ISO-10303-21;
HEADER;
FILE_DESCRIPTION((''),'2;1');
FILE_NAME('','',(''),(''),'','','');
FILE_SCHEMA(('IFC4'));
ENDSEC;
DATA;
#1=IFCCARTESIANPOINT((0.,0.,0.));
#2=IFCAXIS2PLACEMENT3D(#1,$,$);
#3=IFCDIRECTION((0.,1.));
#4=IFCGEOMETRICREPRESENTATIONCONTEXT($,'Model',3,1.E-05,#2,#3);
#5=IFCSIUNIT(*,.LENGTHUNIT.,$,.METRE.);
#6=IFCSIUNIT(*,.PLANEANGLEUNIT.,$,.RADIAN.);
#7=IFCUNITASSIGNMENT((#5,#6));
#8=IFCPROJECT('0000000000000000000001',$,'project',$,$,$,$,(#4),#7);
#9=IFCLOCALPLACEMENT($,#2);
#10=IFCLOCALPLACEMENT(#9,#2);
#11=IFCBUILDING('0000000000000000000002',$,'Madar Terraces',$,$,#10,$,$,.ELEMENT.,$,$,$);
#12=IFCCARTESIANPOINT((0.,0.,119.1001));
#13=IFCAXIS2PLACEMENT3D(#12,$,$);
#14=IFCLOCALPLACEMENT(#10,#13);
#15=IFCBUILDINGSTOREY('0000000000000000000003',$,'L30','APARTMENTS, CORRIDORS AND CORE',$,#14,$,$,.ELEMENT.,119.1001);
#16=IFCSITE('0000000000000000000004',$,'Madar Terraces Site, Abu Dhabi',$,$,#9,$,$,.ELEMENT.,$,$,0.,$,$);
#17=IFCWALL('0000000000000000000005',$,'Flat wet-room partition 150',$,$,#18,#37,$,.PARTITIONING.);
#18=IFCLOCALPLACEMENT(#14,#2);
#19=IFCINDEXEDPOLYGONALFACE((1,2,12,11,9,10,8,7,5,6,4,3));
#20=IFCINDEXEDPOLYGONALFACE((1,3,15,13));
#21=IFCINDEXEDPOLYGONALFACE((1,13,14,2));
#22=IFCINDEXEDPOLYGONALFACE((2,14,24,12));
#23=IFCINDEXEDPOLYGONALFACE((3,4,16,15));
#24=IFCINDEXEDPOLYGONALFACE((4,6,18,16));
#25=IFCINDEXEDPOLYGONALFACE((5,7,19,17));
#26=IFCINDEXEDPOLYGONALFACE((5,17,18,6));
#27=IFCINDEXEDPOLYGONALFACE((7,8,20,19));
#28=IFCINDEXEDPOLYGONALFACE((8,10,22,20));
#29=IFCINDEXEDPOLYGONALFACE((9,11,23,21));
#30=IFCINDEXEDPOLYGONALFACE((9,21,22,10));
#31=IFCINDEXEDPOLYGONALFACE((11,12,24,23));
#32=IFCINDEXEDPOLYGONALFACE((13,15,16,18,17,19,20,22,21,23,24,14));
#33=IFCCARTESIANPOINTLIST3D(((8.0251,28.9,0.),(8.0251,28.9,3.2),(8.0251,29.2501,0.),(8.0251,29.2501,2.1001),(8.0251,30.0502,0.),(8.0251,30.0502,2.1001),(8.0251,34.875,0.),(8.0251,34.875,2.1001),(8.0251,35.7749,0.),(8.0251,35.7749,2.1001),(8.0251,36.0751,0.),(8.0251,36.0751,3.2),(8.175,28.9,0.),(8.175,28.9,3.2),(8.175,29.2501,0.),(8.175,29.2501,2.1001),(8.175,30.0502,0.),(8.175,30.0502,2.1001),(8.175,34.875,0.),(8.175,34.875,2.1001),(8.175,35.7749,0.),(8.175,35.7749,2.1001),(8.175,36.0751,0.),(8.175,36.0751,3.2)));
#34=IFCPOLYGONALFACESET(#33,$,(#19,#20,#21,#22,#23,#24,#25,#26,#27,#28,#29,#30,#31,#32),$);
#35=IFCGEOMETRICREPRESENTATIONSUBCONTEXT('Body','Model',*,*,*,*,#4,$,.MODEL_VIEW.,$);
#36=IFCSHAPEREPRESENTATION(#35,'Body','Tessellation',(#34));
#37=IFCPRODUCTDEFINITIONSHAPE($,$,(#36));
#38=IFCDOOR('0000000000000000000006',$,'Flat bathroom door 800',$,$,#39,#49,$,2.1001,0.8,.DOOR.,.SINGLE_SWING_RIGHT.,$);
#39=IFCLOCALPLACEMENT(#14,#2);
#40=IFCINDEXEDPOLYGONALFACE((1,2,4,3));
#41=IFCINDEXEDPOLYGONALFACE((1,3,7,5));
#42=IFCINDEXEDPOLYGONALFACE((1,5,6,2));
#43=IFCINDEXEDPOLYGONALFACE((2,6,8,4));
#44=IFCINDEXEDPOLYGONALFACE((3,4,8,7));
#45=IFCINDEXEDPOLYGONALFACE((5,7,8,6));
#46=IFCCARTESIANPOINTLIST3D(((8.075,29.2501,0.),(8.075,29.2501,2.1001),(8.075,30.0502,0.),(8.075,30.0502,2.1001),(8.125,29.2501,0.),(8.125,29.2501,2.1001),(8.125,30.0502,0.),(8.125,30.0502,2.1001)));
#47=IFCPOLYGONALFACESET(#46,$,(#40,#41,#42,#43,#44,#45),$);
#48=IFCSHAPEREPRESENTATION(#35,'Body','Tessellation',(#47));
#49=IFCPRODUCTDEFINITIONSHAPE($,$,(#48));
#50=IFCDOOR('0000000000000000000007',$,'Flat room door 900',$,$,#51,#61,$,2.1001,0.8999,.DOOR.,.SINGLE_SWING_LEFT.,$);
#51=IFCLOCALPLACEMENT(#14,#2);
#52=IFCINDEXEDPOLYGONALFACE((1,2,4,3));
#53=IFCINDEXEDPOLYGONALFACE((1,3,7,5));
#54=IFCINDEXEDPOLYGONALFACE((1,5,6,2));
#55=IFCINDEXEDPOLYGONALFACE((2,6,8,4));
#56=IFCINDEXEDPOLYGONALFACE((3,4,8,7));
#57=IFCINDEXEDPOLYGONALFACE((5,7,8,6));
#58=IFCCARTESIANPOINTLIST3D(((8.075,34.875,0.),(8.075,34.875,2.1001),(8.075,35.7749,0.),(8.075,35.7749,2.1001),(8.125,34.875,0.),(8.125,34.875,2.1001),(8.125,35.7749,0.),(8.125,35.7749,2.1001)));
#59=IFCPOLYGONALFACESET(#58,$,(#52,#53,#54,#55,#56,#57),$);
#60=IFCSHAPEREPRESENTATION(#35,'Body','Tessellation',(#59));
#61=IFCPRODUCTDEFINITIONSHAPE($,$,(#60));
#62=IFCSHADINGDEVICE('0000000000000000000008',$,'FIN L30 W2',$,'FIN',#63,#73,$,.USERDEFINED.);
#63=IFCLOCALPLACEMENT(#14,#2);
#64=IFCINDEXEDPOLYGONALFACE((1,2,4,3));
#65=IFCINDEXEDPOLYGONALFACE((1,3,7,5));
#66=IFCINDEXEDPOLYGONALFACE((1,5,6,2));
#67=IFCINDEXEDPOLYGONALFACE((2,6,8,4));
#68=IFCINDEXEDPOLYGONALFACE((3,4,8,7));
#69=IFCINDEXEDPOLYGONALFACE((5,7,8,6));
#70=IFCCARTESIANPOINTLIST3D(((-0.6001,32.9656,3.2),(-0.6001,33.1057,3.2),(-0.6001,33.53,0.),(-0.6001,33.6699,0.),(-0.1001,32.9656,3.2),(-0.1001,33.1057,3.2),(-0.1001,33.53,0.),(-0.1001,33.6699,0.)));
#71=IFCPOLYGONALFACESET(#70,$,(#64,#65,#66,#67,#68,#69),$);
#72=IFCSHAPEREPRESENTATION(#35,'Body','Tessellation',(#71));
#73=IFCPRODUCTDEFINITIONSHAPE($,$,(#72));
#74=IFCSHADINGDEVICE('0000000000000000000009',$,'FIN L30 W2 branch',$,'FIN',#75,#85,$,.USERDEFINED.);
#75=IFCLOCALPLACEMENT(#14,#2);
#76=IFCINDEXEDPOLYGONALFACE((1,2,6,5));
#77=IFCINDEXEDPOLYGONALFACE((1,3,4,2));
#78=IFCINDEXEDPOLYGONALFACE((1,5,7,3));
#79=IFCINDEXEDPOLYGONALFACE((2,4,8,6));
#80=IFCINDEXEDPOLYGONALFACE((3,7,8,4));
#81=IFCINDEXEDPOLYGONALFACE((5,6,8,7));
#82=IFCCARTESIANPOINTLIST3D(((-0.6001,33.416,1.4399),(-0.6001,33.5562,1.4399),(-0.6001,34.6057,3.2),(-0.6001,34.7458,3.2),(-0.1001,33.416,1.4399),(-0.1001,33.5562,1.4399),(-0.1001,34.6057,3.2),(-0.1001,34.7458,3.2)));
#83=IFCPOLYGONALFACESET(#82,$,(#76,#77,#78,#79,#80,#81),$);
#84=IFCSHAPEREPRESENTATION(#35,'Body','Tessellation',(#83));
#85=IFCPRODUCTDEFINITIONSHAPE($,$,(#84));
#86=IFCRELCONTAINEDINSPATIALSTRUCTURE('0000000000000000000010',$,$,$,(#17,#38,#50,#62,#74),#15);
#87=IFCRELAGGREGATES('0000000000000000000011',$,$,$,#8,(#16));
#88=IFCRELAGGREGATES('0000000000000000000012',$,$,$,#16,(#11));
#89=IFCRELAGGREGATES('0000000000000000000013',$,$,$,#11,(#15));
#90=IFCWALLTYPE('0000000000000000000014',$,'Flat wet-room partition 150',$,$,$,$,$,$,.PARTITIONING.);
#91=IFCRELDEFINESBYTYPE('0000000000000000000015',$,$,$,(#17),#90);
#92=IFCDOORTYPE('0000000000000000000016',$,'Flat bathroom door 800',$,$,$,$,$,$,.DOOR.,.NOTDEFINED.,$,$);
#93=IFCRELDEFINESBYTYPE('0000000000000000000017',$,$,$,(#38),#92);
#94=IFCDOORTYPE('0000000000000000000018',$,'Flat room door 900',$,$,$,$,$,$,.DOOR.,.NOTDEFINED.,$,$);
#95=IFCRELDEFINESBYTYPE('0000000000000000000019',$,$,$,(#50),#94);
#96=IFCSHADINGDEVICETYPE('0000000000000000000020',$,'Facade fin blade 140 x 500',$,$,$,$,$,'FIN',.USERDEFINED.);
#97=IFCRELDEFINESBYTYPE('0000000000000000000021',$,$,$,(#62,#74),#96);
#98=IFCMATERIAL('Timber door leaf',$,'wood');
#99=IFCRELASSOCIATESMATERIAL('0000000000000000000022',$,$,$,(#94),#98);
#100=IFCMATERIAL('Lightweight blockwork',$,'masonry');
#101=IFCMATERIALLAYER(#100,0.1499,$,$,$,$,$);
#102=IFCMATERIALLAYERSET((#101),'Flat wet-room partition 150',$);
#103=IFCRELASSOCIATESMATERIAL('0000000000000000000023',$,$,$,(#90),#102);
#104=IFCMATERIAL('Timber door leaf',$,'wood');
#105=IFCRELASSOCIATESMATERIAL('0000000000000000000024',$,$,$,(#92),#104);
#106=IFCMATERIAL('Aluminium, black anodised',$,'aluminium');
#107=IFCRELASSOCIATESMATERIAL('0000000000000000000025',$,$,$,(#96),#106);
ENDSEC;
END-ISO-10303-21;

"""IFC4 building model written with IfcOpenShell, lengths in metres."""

from ifc_helpers import new_model, si_unit, direction, frame, frame_2d, origin, place, context, subcontext, project, spatial, polyline, rectangle, outline, extrude, material, layer, layer_set, type_object, element, fill, save


model = new_model("IFC4")

# Units and contexts
model_context = context("Model", 3, precision=1e-05, world=origin(), true_north=direction((0.0, 1.0)))
body_context = subcontext(model_context, "Body", "Model", "MODEL_VIEW")
ifc_project = project(units=[si_unit("LENGTHUNIT", "METRE"), si_unit("PLANEANGLEUNIT", "RADIAN")], contexts=[model_context])

# Site, building, storey
site_placement = place(None, origin())
site = spatial("IfcSite", under=ifc_project, at=site_placement, Name="Madar Terraces Site, Abu Dhabi", CompositionType="ELEMENT", RefElevation=0.0)
building_placement = place(site_placement, origin())
building = spatial("IfcBuilding", under=site, at=building_placement, Name="Madar Terraces", CompositionType="ELEMENT")
storey_placement = place(building_placement, frame((0.0, 0.0, 119.1001)))
storey = spatial("IfcBuildingStorey", under=building, at=storey_placement, Name="L30", Description="APARTMENTS, CORRIDORS AND CORE", CompositionType="ELEMENT", Elevation=119.1001)

# Shared definitions
ifc_material_1 = material(Name="Timber door leaf", Category="wood")
door_type_1 = type_object("IfcDoorType", Name="Flat room door 900", OperationType="NOTDEFINED", PredefinedType="DOOR", material=ifc_material_1)

# Wall, openings, doors
ifc_material_2 = material(Name="Lightweight blockwork", Category="masonry")
ifc_layer_1 = layer(ifc_material_2, 0.1499)
ifc_layer_set_1 = layer_set([ifc_layer_1], Name="Flat wet-room partition 150")
wall_type_1 = type_object("IfcWallType", Name="Flat wet-room partition 150", PredefinedType="PARTITIONING", material=ifc_layer_set_1)
wall_1_placement = place(storey_placement, frame((8.1001, 36.075, 0.0), z_axis=(0.0, 0.0, 1.0), x_axis=(0.0, -1.0, 0.0)))
wall_1 = element("IfcWall", 1, at=wall_1_placement, inside=storey, type_object=wall_type_1, Name="Flat wet-room partition 150", PredefinedType="PARTITIONING", context=body_context, shape_type="SweptSolid", body=[
    extrude(rectangle(XDim=7.175, YDim=0.1499, at=frame_2d((3.5874, 0.0))), origin(), (0.0, 0.0, 1.0), 3.2),
])
opening_1_placement = place(wall_1_placement, frame((0.3, 0.0, 0.0)))
opening_1 = element("IfcOpeningElement", 2, at=opening_1_placement, cuts=wall_1, PredefinedType="OPENING", context=body_context, shape_type="SweptSolid", body=[
    extrude(rectangle(XDim=0.8999, YDim=2.1001, at=frame_2d((0.45, 1.05))), frame((0.0, 0.085, 0.0), z_axis=(0.0, -1.0, 0.0), x_axis=(1.0, 0.0, 0.0)), (0.0, 0.0, 1.0), 0.1699),
])
opening_2_placement = place(wall_1_placement, frame((6.0249, 0.0, 0.0)))
opening_2 = element("IfcOpeningElement", 3, at=opening_2_placement, cuts=wall_1, PredefinedType="OPENING", context=body_context, shape_type="SweptSolid", body=[
    extrude(rectangle(XDim=0.8, YDim=2.1001, at=frame_2d((0.3999, 1.05))), frame((0.0, 0.085, 0.0), z_axis=(0.0, -1.0, 0.0), x_axis=(1.0, 0.0, 0.0)), (0.0, 0.0, 1.0), 0.1699),
])
ifc_material_3 = material(Name="Timber door leaf", Category="wood")
door_type_2 = type_object("IfcDoorType", Name="Flat bathroom door 800", OperationType="NOTDEFINED", PredefinedType="DOOR", material=ifc_material_3)
door_1_placement = place(opening_2_placement, origin())
door_1 = element("IfcDoor", 4, at=door_1_placement, inside=storey, type_object=door_type_2, Name="Flat bathroom door 800", OperationType="SINGLE_SWING_RIGHT", OverallHeight=2.1001, OverallWidth=0.8, PredefinedType="DOOR", context=body_context, shape_type="SweptSolid", body=[
    extrude(rectangle(XDim=0.8, YDim=2.1001, at=frame_2d((0.3999, 1.05))), frame((0.0, 0.0249, 0.0), z_axis=(0.0, -1.0, 0.0), x_axis=(1.0, 0.0, 0.0)), (0.0, 0.0, 1.0), 0.05),
])
fill(opening_2, door_1)
door_2_placement = place(opening_1_placement, origin())
door_2 = element("IfcDoor", 5, at=door_2_placement, inside=storey, type_object=door_type_1, Name="Flat room door 900", OperationType="SINGLE_SWING_LEFT", OverallHeight=2.1001, OverallWidth=0.8999, PredefinedType="DOOR", context=body_context, shape_type="SweptSolid", body=[
    extrude(rectangle(XDim=0.8999, YDim=2.1001, at=frame_2d((0.45, 1.05))), frame((0.0, 0.0249, 0.0), z_axis=(0.0, -1.0, 0.0), x_axis=(1.0, 0.0, 0.0)), (0.0, 0.0, 1.0), 0.05),
])
fill(opening_1, door_2)

# Shading devices
ifc_material_4 = material(Name="Aluminium, black anodised", Category="aluminium")
shading_device_type = type_object("IfcShadingDeviceType", Name="Facade fin blade 140 x 500", ElementType="FIN", PredefinedType="USERDEFINED", material=ifc_material_4)
shading_device_1_placement = place(storey_placement, frame((-0.3501, 33.6699, 0.0), z_axis=(0.0, 0.0, 1.0), x_axis=(0.0, -1.0, 0.0)))
element("IfcShadingDevice", 6, at=shading_device_1_placement, inside=storey, type_object=shading_device_type, Name="FIN L30 W2", ObjectType="FIN", PredefinedType="USERDEFINED", context=body_context, shape_type="SweptSolid", body=[
    extrude(outline(polyline([(0.0, 0.0), (0.1399, 0.0), (0.7043, 3.2), (0.5642, 3.2), (0.0, 0.0)])), frame((0.0, 0.25, 0.0), z_axis=(0.0, -1.0, 0.0), x_axis=(1.0, 0.0, 0.0)), (0.0, 0.0, 1.0), 0.5),
])
shading_device_2_placement = place(storey_placement, frame((-0.3501, 33.5562, 1.4399), z_axis=(0.0, 0.0, 1.0), x_axis=(0.0, -1.0, 0.0)))
element("IfcShadingDevice", 7, at=shading_device_2_placement, inside=storey, type_object=shading_device_type, Name="FIN L30 W2 branch", ObjectType="FIN", PredefinedType="USERDEFINED", context=body_context, shape_type="SweptSolid", body=[
    extrude(outline(polyline([(0.0, 0.0), (0.1401, 0.0), (-1.0496, 1.76), (-1.1897, 1.76), (0.0, 0.0)])), frame((0.0, 0.25, 0.0), z_axis=(0.0, -1.0, 0.0), x_axis=(1.0, 0.0, 0.0)), (0.0, 0.0, 1.0), 0.5),
])

save(model, "model.ifc")
